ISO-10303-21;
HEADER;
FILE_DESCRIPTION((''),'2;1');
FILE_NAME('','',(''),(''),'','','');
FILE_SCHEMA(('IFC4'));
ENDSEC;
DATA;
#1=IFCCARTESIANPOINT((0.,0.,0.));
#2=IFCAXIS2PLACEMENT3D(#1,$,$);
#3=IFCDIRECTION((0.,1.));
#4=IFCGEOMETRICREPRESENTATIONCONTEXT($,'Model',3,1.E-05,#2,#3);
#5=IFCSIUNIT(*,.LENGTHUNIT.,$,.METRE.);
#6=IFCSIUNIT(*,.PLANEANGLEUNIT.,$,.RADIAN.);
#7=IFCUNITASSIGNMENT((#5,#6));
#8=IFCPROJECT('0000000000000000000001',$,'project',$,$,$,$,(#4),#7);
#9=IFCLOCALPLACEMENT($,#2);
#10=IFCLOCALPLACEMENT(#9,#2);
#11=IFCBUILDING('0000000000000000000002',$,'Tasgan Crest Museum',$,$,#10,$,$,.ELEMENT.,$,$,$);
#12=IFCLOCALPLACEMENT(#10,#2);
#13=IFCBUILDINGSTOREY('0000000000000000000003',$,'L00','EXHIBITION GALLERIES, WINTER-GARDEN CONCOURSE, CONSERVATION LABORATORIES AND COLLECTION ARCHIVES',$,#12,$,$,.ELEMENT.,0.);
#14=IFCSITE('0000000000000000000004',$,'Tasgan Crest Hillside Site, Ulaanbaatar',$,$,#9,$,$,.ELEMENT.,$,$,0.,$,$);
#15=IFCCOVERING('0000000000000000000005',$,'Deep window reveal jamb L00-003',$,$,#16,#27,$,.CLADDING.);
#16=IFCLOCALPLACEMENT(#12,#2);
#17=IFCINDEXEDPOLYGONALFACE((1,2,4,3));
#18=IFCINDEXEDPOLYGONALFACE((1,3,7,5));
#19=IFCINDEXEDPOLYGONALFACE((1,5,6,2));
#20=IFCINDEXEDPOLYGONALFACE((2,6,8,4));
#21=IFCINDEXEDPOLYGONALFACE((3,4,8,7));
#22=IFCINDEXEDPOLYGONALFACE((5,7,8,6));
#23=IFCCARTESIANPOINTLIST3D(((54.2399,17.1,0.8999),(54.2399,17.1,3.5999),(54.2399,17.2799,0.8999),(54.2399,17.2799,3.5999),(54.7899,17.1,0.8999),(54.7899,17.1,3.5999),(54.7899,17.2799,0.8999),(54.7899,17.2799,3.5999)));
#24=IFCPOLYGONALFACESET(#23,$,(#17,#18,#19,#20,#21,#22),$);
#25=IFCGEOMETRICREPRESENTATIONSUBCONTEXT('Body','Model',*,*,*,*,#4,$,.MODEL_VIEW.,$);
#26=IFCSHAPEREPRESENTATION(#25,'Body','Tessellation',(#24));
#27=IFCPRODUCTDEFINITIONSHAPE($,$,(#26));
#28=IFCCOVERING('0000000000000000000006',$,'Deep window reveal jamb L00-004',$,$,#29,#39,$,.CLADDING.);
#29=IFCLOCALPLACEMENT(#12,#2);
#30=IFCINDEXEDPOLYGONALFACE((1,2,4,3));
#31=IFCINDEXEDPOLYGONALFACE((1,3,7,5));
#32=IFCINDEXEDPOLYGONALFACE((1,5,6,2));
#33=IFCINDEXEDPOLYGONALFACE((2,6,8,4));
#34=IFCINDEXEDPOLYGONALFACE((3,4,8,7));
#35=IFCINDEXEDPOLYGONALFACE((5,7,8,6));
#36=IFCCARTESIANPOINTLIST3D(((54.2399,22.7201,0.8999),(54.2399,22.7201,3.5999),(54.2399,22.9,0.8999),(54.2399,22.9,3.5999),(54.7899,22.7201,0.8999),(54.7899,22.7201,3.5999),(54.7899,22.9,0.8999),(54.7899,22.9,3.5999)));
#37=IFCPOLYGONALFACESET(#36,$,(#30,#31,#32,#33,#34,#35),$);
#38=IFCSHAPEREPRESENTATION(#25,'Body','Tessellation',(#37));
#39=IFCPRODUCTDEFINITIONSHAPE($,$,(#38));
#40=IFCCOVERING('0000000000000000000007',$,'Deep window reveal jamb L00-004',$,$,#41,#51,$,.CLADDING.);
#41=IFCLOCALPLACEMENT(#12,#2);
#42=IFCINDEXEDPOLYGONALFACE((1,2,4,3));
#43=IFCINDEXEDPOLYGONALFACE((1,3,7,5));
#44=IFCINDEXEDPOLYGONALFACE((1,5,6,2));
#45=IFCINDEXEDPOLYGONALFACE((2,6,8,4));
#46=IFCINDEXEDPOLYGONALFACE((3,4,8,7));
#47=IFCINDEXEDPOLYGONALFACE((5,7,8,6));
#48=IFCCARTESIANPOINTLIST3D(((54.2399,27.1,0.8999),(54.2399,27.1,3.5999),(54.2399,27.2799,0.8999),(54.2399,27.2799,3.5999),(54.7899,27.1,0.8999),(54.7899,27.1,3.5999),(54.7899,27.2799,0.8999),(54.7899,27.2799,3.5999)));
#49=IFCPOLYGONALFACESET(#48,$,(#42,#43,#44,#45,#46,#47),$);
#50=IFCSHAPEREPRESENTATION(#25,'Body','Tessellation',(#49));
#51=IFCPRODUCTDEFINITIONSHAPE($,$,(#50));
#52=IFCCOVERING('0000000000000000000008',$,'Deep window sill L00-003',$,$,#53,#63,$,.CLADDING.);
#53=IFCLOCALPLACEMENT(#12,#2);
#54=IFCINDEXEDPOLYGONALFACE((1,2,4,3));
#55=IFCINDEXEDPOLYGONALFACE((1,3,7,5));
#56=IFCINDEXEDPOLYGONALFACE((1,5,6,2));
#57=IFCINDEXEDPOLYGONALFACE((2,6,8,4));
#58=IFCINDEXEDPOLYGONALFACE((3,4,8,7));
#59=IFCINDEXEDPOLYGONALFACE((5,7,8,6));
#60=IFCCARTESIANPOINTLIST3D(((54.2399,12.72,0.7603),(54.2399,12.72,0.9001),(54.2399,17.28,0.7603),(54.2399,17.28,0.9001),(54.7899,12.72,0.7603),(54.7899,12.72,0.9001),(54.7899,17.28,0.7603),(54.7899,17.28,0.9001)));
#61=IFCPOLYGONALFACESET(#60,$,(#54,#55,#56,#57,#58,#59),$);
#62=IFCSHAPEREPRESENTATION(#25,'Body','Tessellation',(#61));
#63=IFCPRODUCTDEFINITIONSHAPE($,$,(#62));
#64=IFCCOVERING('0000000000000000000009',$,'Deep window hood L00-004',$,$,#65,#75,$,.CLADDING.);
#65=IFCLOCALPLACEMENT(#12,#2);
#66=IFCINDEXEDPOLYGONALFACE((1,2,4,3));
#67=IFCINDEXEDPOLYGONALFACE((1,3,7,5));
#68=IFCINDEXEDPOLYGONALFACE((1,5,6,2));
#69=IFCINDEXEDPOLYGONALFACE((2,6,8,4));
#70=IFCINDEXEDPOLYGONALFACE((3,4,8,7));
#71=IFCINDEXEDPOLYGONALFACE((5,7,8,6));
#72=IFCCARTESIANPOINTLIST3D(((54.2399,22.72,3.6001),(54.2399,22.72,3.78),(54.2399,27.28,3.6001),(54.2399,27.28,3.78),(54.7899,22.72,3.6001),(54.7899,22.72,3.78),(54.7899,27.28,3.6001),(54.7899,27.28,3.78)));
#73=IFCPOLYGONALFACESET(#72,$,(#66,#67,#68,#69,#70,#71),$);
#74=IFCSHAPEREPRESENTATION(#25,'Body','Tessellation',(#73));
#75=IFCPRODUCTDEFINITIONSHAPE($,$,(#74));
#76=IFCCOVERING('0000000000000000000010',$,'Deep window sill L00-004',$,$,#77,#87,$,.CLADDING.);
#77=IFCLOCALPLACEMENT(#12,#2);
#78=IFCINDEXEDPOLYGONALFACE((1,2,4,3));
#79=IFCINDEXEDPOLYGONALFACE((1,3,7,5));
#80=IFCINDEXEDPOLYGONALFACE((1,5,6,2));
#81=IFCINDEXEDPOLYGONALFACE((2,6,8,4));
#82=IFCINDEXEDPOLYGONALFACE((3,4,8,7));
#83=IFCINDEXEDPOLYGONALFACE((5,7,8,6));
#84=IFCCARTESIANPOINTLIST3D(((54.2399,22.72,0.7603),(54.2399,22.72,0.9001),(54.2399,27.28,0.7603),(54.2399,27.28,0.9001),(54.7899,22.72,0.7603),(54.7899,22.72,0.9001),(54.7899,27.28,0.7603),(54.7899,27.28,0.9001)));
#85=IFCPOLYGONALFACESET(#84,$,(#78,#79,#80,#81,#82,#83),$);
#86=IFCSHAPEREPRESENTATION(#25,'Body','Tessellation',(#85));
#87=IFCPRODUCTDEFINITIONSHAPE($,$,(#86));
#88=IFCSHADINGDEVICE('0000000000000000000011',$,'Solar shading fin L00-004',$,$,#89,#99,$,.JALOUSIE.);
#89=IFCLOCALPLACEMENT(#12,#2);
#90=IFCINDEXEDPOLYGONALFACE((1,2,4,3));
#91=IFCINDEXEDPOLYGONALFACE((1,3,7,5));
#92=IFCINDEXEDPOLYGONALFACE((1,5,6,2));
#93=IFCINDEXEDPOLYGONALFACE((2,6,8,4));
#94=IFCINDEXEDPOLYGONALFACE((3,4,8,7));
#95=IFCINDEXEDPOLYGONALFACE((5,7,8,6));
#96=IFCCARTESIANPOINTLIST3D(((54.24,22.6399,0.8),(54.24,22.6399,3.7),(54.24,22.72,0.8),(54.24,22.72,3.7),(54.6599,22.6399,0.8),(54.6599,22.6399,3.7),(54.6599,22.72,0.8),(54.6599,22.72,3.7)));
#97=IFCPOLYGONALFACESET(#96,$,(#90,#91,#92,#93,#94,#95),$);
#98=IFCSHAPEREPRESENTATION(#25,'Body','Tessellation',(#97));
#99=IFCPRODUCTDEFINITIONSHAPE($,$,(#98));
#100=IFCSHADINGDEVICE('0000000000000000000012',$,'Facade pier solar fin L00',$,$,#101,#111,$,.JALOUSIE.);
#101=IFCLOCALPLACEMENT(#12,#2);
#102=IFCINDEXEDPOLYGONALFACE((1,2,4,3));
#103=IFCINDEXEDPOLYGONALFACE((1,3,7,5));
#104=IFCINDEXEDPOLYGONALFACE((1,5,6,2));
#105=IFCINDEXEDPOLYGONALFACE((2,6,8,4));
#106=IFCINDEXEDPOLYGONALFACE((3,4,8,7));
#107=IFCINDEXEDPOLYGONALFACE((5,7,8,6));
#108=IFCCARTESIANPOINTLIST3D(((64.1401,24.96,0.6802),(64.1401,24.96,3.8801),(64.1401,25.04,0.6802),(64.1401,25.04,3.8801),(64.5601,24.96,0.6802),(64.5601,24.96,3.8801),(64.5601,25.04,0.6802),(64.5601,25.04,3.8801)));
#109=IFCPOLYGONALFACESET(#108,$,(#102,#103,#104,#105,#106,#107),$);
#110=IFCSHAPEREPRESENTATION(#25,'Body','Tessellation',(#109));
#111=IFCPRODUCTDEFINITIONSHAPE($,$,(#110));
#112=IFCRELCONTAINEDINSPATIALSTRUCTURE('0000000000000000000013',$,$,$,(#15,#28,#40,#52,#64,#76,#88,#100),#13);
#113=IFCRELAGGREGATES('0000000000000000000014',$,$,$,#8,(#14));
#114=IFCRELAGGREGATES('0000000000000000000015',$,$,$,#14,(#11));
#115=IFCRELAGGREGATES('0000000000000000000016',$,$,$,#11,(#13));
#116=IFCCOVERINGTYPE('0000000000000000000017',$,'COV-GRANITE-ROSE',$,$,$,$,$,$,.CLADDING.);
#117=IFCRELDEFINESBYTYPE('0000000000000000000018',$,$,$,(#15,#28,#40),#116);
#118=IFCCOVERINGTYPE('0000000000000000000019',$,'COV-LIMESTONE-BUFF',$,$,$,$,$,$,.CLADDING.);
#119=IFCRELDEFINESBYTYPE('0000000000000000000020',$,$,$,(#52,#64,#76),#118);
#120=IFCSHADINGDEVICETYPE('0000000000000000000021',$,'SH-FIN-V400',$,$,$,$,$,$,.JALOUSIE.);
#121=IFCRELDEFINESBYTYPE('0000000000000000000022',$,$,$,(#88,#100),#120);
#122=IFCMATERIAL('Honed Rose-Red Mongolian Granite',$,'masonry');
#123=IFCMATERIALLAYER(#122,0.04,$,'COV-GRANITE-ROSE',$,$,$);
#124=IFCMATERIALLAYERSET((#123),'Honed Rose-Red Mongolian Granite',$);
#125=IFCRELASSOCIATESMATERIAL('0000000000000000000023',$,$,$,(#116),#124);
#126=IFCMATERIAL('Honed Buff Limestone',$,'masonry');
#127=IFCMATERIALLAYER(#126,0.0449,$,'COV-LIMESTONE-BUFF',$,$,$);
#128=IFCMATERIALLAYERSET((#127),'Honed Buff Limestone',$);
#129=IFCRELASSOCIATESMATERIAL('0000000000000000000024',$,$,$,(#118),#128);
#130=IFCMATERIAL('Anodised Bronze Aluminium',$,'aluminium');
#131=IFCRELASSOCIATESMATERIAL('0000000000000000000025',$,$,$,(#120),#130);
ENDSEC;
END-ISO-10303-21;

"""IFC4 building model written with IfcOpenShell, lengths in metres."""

from ifc_helpers import new_model, si_unit, direction, frame, origin, origin_2d, place, context, subcontext, project, spatial, rectangle, extrude, material, layer, layer_set, type_object, element, save


model = new_model("IFC4")

# Units and contexts
model_context = context("Model", 3, precision=1e-05, world=origin(), true_north=direction((0.0, 1.0)))
body_context = subcontext(model_context, "Body", "Model", "MODEL_VIEW")
ifc_project = project(units=[si_unit("LENGTHUNIT", "METRE"), si_unit("PLANEANGLEUNIT", "RADIAN")], contexts=[model_context])

# Site, building, storey
site_placement = place(None, origin())
site = spatial("IfcSite", under=ifc_project, at=site_placement, Name="Tasgan Crest Hillside Site, Ulaanbaatar", CompositionType="ELEMENT", RefElevation=0.0)
building_placement = place(site_placement, origin())
building = spatial("IfcBuilding", under=site, at=building_placement, Name="Tasgan Crest Museum", CompositionType="ELEMENT")
storey_placement = place(building_placement, origin())
storey = spatial("IfcBuildingStorey", under=building, at=storey_placement, Name="L00", Description="EXHIBITION GALLERIES, WINTER-GARDEN CONCOURSE, CONSERVATION LABORATORIES AND COLLECTION ARCHIVES", CompositionType="ELEMENT", Elevation=0.0)

# Coverings
ifc_material_1 = material(Name="Honed Rose-Red Mongolian Granite", Category="masonry")
ifc_layer_1 = layer(ifc_material_1, 0.04, Name="COV-GRANITE-ROSE")
ifc_layer_set_1 = layer_set([ifc_layer_1], Name="Honed Rose-Red Mongolian Granite")
covering_type_1 = type_object("IfcCoveringType", Name="COV-GRANITE-ROSE", PredefinedType="CLADDING", material=ifc_layer_set_1)
for number, where, z_axis, x_axis, name in (
    (1, (54.5149, 17.1899, 0.8999), (0.0, 0.0, 1.0), (0.0, 1.0, 0.0), "Deep window reveal jamb L00-003"),
    (2, (54.5149, 22.8101, 0.8999), (0.0, 0.0, 1.0), (0.0, 1.0, 0.0), "Deep window reveal jamb L00-004"),
    (3, (54.5149, 27.1899, 0.8999), (0.0, 0.0, 1.0), (0.0, 1.0, 0.0), "Deep window reveal jamb L00-004"),
):
    element("IfcCovering", number, at=place(storey_placement, frame(where, z_axis=z_axis, x_axis=x_axis)), inside=storey, type_object=covering_type_1, Name=name, PredefinedType="CLADDING", context=body_context, shape_type="SweptSolid", body=[
        extrude(rectangle(XDim=0.1799, YDim=0.55, at=origin_2d()), origin(), (0.0, 0.0, 1.0), 2.7),
    ])
ifc_material_2 = material(Name="Honed Buff Limestone", Category="masonry")
ifc_layer_2 = layer(ifc_material_2, 0.0449, Name="COV-LIMESTONE-BUFF")
ifc_layer_set_2 = layer_set([ifc_layer_2], Name="Honed Buff Limestone")
covering_type_2 = type_object("IfcCoveringType", Name="COV-LIMESTONE-BUFF", PredefinedType="CLADDING", material=ifc_layer_set_2)
covering_1_placement = place(storey_placement, frame((54.5149, 15.0, 0.7603), z_axis=(0.0, 0.0, 1.0), x_axis=(0.0, 1.0, 0.0)))
element("IfcCovering", 4, at=covering_1_placement, inside=storey, type_object=covering_type_2, Name="Deep window sill L00-003", PredefinedType="CLADDING", context=body_context, shape_type="SweptSolid", body=[
    extrude(rectangle(XDim=4.5601, YDim=0.55, at=origin_2d()), origin(), (0.0, 0.0, 1.0), 0.1399),
])
covering_2_placement = place(storey_placement, frame((54.5149, 25.0, 3.6001), z_axis=(0.0, 0.0, 1.0), x_axis=(0.0, 1.0, 0.0)))
element("IfcCovering", 5, at=covering_2_placement, inside=storey, type_object=covering_type_2, Name="Deep window hood L00-004", PredefinedType="CLADDING", context=body_context, shape_type="SweptSolid", body=[
    extrude(rectangle(XDim=4.5601, YDim=0.55, at=origin_2d()), origin(), (0.0, 0.0, 1.0), 0.1799),
])
covering_3_placement = place(storey_placement, frame((54.5149, 25.0, 0.7603), z_axis=(0.0, 0.0, 1.0), x_axis=(0.0, 1.0, 0.0)))
element("IfcCovering", 6, at=covering_3_placement, inside=storey, type_object=covering_type_2, Name="Deep window sill L00-004", PredefinedType="CLADDING", context=body_context, shape_type="SweptSolid", body=[
    extrude(rectangle(XDim=4.5601, YDim=0.55, at=origin_2d()), origin(), (0.0, 0.0, 1.0), 0.1399),
])

# Shading devices
ifc_material_3 = material(Name="Anodised Bronze Aluminium", Category="aluminium")
shading_device_type = type_object("IfcShadingDeviceType", Name="SH-FIN-V400", PredefinedType="JALOUSIE", material=ifc_material_3)
shading_device_1_placement = place(storey_placement, frame((54.45, 22.6799, 0.8), z_axis=(0.0, 0.0, 1.0), x_axis=(0.0, 1.0, 0.0)))
element("IfcShadingDevice", 7, at=shading_device_1_placement, inside=storey, type_object=shading_device_type, Name="Solar shading fin L00-004", PredefinedType="JALOUSIE", context=body_context, shape_type="SweptSolid", body=[
    extrude(rectangle(XDim=0.0801, YDim=0.4199, at=origin_2d()), origin(), (0.0, 0.0, 1.0), 2.8999),
])
shading_device_2_placement = place(storey_placement, frame((64.3501, 25.0, 0.6802), z_axis=(0.0, 0.0, 1.0), x_axis=(0.0, -1.0, 0.0)))
element("IfcShadingDevice", 8, at=shading_device_2_placement, inside=storey, type_object=shading_device_type, Name="Facade pier solar fin L00", PredefinedType="JALOUSIE", context=body_context, shape_type="SweptSolid", body=[
    extrude(rectangle(XDim=0.0801, YDim=0.4199, at=origin_2d()), origin(), (0.0, 0.0, 1.0), 3.2),
])

save(model, "model.ifc")
